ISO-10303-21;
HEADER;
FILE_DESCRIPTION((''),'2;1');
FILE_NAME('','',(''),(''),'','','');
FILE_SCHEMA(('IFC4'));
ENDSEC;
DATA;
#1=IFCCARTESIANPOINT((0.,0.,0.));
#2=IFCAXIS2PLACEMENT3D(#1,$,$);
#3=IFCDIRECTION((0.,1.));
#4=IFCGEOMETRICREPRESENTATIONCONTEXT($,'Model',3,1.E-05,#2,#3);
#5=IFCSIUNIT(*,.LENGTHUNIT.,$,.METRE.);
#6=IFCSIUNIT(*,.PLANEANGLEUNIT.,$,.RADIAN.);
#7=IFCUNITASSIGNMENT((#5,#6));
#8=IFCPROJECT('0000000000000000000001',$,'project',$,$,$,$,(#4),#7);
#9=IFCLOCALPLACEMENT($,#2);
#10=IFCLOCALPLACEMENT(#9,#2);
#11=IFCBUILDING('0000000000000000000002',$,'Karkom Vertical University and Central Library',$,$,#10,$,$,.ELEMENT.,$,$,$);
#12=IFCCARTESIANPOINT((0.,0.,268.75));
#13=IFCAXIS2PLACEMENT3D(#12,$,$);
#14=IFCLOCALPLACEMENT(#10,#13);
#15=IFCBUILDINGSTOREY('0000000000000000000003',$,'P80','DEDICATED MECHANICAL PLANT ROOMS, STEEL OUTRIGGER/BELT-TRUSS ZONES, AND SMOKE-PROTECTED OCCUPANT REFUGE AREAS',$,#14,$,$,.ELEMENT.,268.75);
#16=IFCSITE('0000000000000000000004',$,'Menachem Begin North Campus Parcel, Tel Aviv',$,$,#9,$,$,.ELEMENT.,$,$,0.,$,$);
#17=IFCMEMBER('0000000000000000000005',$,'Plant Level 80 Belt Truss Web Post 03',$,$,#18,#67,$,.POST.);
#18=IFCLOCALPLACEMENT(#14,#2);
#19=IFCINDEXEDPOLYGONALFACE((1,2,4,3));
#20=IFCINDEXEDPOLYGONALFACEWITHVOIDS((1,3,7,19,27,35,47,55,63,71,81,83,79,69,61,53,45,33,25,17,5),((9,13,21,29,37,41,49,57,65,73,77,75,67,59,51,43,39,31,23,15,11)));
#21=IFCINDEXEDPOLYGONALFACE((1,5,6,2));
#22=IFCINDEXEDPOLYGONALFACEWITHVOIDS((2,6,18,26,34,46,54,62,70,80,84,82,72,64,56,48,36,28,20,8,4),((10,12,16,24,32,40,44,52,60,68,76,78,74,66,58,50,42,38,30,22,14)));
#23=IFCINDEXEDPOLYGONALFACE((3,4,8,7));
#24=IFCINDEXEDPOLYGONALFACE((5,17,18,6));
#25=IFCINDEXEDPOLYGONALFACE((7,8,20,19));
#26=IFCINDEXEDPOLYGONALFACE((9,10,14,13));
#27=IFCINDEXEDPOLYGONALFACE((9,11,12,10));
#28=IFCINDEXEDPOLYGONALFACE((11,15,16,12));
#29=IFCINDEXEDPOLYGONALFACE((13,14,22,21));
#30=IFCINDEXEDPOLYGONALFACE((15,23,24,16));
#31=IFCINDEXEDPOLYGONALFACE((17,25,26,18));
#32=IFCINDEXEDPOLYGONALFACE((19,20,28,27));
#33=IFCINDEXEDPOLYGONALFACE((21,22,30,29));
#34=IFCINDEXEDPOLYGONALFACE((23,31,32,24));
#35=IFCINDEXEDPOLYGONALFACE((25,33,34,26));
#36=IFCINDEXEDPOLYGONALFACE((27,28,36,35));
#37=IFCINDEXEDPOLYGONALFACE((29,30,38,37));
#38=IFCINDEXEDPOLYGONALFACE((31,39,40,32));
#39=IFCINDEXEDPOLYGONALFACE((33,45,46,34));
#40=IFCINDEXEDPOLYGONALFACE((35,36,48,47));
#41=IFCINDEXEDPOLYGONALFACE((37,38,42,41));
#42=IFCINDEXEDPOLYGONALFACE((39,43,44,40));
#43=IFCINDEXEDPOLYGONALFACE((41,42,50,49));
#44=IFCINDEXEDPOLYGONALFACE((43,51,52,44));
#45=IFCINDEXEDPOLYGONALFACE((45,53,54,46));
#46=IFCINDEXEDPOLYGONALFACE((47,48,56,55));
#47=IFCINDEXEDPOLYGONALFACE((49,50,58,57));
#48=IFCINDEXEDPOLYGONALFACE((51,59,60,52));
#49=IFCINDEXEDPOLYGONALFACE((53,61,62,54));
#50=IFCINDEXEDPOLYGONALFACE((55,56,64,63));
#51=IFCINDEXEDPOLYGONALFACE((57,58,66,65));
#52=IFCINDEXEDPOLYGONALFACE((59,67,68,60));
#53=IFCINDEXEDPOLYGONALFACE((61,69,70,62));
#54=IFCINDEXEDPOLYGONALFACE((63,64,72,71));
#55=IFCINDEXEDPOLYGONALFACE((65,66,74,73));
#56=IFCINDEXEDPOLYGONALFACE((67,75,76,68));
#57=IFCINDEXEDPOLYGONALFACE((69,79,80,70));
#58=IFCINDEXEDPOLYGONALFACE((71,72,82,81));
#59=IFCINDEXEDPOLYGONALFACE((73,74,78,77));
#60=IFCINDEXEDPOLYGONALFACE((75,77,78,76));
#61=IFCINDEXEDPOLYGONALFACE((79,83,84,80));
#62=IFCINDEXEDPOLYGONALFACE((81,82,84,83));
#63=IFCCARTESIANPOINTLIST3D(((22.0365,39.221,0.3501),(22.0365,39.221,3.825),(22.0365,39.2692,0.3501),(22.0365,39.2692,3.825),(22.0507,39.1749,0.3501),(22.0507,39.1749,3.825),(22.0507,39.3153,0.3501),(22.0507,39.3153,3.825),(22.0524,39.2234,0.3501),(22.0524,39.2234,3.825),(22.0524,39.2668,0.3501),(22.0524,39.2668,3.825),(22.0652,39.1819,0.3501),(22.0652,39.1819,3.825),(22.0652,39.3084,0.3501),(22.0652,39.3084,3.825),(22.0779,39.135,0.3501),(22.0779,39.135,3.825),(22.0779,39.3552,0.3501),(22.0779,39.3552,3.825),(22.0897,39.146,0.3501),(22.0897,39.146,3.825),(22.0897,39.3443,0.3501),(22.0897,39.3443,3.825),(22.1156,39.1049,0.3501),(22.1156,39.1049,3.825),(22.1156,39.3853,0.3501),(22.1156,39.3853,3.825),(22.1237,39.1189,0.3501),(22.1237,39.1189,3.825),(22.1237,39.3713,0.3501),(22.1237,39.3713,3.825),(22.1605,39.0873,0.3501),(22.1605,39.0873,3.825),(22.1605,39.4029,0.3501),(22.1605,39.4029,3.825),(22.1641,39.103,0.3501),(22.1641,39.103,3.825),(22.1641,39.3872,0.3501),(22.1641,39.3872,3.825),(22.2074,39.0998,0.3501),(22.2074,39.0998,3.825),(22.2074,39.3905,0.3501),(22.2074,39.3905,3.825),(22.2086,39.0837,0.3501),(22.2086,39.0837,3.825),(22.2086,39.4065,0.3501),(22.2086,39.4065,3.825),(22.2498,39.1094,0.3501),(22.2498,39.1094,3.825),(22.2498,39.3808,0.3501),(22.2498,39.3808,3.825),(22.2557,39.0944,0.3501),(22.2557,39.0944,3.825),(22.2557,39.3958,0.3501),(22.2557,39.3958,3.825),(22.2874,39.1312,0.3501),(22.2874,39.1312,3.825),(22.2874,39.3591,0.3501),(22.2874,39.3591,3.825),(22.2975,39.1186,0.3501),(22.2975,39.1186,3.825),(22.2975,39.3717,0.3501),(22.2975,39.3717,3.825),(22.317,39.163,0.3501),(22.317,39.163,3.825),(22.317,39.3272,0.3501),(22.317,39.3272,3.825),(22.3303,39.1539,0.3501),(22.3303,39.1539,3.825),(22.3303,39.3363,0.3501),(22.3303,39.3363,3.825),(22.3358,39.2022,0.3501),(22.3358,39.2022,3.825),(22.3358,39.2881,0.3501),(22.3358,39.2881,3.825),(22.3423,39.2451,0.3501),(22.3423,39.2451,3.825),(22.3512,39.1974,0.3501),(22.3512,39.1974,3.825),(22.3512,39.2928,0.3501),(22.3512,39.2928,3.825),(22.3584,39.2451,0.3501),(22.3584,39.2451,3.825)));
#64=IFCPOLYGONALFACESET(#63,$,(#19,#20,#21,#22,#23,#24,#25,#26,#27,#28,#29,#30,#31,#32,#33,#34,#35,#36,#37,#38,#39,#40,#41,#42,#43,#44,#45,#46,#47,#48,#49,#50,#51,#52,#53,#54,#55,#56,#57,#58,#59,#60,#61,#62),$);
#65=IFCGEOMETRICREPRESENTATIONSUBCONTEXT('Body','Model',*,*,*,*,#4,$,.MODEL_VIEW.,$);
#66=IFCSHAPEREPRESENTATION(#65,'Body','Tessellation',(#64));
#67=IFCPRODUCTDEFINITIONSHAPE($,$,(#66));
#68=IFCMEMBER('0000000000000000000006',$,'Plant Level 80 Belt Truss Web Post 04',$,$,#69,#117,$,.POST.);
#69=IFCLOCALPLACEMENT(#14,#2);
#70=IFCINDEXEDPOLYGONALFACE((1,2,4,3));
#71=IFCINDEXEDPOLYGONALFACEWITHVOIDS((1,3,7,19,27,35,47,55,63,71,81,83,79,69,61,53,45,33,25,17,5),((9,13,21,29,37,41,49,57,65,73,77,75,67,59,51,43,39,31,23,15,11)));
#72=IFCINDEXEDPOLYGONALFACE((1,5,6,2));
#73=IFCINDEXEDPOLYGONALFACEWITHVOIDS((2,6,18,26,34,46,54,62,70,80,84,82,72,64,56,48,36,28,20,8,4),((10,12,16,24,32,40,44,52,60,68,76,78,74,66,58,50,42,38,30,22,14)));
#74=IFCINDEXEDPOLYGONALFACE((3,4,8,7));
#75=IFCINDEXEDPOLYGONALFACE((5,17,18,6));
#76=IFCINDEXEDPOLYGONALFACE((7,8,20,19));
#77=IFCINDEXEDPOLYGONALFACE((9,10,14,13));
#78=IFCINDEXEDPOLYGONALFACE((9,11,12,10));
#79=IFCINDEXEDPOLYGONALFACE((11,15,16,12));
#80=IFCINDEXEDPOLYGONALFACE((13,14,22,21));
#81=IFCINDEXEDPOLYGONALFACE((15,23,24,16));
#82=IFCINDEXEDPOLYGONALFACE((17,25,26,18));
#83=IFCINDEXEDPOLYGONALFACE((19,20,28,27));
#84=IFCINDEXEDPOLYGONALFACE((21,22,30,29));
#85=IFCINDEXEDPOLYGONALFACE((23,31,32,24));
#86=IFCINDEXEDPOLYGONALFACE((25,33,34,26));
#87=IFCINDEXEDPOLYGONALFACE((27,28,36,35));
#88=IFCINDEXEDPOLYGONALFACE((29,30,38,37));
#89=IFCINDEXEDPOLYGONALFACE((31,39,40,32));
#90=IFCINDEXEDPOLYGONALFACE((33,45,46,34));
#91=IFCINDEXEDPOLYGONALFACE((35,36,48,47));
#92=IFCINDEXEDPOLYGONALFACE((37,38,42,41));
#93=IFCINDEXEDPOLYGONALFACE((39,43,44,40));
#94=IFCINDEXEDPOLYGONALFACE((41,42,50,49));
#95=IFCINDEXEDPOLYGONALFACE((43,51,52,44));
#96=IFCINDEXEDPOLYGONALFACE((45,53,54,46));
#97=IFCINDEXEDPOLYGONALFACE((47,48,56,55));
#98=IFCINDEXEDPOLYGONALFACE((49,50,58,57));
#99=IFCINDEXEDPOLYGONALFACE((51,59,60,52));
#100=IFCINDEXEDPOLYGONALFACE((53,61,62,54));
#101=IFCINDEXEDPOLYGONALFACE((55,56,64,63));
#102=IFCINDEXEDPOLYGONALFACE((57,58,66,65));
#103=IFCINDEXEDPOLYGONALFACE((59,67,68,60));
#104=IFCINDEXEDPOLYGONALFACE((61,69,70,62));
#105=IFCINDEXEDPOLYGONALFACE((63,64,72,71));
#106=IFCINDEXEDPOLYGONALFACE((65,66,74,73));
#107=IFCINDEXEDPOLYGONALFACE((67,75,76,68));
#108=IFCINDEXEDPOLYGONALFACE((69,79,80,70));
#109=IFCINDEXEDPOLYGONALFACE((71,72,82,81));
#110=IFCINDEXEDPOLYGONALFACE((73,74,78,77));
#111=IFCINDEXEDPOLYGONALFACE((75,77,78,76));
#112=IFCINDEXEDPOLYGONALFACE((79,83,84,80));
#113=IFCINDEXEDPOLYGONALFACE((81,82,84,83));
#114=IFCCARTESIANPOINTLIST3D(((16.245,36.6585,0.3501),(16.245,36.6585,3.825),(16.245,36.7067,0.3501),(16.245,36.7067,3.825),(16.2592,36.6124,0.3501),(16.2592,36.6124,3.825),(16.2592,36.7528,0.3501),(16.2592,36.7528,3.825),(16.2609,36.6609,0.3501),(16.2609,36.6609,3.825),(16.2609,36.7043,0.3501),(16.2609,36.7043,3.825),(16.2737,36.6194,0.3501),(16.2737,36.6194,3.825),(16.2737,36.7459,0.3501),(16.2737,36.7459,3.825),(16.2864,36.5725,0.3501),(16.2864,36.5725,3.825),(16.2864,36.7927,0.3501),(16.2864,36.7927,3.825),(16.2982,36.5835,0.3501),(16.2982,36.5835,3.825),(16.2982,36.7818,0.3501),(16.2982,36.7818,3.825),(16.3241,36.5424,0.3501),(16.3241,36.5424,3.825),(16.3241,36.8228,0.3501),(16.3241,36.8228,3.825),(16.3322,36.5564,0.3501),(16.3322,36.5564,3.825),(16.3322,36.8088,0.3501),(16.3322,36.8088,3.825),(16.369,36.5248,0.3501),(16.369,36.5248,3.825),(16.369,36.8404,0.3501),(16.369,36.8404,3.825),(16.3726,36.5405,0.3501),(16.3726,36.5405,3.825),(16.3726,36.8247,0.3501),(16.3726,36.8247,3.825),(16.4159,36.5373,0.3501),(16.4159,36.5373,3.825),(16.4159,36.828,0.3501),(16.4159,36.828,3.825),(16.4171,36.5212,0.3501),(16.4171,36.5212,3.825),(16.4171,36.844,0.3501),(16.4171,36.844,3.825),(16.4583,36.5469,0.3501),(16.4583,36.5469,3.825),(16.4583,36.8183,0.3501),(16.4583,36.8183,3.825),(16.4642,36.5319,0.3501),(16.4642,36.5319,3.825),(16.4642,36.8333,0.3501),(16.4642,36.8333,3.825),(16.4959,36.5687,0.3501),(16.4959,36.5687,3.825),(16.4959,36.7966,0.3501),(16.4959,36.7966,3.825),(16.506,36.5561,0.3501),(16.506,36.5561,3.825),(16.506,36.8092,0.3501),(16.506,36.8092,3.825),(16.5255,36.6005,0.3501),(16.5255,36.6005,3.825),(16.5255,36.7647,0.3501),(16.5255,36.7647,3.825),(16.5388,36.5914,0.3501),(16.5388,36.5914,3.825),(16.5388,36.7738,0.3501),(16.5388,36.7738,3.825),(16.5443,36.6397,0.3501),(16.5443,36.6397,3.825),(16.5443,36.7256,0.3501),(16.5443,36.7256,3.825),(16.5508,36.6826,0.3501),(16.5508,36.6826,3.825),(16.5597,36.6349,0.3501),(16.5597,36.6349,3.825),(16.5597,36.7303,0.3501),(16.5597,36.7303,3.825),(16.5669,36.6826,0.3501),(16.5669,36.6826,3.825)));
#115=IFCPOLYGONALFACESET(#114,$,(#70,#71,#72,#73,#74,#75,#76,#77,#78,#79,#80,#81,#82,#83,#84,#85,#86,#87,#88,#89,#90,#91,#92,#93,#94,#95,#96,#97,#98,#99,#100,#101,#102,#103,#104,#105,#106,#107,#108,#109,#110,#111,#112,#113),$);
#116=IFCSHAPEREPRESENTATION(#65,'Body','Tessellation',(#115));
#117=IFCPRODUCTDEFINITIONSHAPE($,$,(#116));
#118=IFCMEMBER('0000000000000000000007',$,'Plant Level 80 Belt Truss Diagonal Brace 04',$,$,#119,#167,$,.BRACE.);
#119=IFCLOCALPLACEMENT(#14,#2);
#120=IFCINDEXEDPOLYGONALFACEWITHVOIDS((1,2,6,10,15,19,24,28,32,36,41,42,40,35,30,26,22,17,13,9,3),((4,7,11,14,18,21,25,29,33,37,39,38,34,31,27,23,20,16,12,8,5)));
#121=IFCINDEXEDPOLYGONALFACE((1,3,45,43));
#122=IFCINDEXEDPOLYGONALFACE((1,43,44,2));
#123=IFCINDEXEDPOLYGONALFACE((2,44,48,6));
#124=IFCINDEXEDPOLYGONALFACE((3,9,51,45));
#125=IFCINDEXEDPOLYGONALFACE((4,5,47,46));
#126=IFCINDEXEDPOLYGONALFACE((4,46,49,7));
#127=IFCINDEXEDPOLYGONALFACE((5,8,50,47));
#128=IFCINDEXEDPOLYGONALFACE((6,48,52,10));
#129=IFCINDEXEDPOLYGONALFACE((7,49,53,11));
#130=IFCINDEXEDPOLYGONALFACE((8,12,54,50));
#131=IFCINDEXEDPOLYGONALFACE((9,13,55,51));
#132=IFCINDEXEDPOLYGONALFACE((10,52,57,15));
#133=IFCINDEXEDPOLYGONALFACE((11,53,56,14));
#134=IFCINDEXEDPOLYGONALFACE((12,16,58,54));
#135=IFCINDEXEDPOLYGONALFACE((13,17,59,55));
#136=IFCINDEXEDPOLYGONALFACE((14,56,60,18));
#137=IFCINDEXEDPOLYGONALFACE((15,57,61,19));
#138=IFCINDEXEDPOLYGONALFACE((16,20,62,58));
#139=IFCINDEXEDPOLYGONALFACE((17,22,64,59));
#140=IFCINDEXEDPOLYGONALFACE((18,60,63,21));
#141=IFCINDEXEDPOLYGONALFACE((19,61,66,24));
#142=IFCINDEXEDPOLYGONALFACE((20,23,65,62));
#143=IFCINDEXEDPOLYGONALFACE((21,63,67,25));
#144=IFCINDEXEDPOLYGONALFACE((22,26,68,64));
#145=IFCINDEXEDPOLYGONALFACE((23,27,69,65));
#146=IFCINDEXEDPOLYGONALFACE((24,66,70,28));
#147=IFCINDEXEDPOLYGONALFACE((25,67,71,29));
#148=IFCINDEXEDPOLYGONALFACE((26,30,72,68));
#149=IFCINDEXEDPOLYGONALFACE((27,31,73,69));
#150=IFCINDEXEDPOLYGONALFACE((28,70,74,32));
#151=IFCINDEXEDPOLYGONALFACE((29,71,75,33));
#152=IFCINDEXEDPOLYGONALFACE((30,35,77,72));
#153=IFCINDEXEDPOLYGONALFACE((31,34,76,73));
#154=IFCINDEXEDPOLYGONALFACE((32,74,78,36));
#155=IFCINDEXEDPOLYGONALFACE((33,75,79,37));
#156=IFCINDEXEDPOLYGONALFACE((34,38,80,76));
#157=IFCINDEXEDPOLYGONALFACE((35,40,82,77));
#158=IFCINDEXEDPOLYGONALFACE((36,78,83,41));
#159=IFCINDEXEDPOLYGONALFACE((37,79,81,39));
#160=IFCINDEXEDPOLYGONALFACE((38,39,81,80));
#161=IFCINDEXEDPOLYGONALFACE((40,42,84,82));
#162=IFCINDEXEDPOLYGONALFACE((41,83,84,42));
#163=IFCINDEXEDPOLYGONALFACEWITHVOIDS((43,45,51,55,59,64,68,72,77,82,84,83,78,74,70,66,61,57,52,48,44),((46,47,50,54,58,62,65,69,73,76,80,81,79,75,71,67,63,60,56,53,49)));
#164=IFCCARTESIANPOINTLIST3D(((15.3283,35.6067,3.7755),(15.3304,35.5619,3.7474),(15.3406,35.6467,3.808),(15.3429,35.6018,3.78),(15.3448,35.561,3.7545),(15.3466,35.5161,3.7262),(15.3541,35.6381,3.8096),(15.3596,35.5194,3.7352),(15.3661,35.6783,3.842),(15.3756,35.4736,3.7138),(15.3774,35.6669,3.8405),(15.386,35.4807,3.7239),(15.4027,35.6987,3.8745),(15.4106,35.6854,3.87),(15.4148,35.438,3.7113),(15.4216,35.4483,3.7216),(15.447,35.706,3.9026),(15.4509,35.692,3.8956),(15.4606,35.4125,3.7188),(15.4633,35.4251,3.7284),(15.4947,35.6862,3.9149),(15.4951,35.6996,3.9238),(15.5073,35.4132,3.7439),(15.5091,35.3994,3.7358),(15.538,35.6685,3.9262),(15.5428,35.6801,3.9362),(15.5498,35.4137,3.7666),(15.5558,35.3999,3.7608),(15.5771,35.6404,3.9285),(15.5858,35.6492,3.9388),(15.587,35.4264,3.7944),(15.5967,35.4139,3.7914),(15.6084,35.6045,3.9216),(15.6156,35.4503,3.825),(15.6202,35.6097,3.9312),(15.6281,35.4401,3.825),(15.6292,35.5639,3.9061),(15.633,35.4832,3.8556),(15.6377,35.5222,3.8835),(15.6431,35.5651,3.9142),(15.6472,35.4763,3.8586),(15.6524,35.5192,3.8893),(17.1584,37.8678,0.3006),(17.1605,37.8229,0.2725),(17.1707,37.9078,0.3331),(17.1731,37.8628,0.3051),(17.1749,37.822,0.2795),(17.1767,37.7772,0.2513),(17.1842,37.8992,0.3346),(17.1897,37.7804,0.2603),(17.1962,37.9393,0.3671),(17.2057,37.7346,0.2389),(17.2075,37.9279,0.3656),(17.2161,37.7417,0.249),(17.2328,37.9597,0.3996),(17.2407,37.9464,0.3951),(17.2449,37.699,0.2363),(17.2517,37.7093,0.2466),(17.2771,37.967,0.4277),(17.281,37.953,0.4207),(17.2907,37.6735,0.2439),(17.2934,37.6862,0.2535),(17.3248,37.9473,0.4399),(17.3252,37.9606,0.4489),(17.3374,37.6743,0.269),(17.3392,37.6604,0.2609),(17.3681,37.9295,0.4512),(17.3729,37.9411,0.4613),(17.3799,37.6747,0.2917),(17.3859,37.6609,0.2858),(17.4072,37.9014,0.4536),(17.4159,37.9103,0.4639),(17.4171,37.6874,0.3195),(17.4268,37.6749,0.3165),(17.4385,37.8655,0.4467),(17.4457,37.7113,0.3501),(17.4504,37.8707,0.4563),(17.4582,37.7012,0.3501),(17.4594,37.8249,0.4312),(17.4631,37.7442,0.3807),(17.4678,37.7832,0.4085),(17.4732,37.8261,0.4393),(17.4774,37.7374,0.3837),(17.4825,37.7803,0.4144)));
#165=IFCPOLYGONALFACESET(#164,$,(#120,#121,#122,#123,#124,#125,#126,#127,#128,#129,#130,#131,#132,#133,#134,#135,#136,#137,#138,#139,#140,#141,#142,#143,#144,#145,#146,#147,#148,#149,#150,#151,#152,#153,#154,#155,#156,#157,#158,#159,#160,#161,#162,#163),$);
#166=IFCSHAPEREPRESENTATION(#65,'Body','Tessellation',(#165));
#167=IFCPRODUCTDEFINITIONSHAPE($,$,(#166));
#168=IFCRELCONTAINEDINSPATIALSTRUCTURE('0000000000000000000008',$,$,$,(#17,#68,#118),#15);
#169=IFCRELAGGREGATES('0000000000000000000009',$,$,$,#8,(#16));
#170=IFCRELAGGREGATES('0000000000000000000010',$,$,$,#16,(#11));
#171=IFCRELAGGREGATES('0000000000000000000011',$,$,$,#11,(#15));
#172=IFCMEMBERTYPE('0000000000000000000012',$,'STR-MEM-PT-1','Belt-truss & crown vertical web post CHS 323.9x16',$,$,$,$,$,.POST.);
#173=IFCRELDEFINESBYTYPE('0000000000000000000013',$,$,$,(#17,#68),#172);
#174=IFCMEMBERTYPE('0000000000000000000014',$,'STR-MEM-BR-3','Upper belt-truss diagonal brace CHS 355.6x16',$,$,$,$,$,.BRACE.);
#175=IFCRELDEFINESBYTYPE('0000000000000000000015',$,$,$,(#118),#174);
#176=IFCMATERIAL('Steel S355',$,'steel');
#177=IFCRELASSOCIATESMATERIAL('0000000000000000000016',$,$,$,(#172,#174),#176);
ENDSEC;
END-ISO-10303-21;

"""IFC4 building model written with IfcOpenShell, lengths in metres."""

from ifc_helpers import new_model, si_unit, direction, frame, origin, origin_with_axes, origin_2d, place, context, subcontext, project, spatial, hollow_circle, extrude, source, transform, mapped, material, material_profile, profile_set, type_object, element, save


model = new_model("IFC4")

# Units and contexts
model_context = context("Model", 3, precision=1e-05, world=origin(), true_north=direction((0.0, 1.0)))
body_context = subcontext(model_context, "Body", "Model", "MODEL_VIEW")
ifc_project = project(units=[si_unit("LENGTHUNIT", "METRE"), si_unit("PLANEANGLEUNIT", "RADIAN")], contexts=[model_context])

# Site, building, storey
site_placement = place(None, origin())
site = spatial("IfcSite", under=ifc_project, at=site_placement, Name="Menachem Begin North Campus Parcel, Tel Aviv", CompositionType="ELEMENT", RefElevation=0.0)
building_placement = place(site_placement, origin())
building = spatial("IfcBuilding", under=site, at=building_placement, Name="Karkom Vertical University and Central Library", CompositionType="ELEMENT")
storey_placement = place(building_placement, frame((0.0, 0.0, 268.75)))
storey = spatial("IfcBuildingStorey", under=building, at=storey_placement, Name="P80", Description="DEDICATED MECHANICAL PLANT ROOMS, STEEL OUTRIGGER/BELT-TRUSS ZONES, AND SMOKE-PROTECTED OCCUPANT REFUGE AREAS", CompositionType="ELEMENT", Elevation=268.75)

# Shared definitions
ifc_material_1 = material(Name="Steel S355", Category="steel")

# Members
ifc_material_profile_1 = material_profile(ifc_material_1, hollow_circle(Radius=0.1619, WallThickness=0.0161, at=origin_2d()), Name="CHS 323.9x16")
ifc_profile_set_1 = profile_set([ifc_material_profile_1], Name="Steel S355")
member_type_1 = type_object("IfcMemberType", Name="STR-MEM-PT-1", Description="Belt-truss & crown vertical web post CHS 323.9x16", PredefinedType="POST", material=ifc_profile_set_1)
shared_shape_1 = source(origin_with_axes(), body_context, "Body", "SweptSolid", [
    extrude(hollow_circle(Radius=0.1619, WallThickness=0.0161, at=origin_2d()), origin(), (0.0, 0.0, 1.0), 3.4749),
])
for number, where, z_axis, x_axis, name in (
    (1, (22.1965, 39.2451, 0.3501), (0.0, 0.0, 1.0), (1.0, 0.0, 0.0), "Plant Level 80 Belt Truss Web Post 03"),
    (2, (16.405, 36.6826, 0.3501), (0.0, 0.0, 1.0), (1.0, 0.0, 0.0), "Plant Level 80 Belt Truss Web Post 04"),
):
    element("IfcMember", number, at=place(storey_placement, frame(where, z_axis=z_axis, x_axis=x_axis)), inside=storey, type_object=member_type_1, Name=name, PredefinedType="POST", context=body_context, shape_type="MappedRepresentation", body=[
        mapped(shared_shape_1, transform((0.0, 0.0, 0.0), scale=1.0)),
    ])
ifc_material_profile_2 = material_profile(ifc_material_1, hollow_circle(Radius=0.1777, WallThickness=0.0161, at=origin_2d()), Name="CHS 355.6x16")
ifc_profile_set_2 = profile_set([ifc_material_profile_2], Name="Steel S355")
member_type_2 = type_object("IfcMemberType", Name="STR-MEM-BR-3", Description="Upper belt-truss diagonal brace CHS 355.6x16", PredefinedType="BRACE", material=ifc_profile_set_2)
shared_shape_2 = source(origin_with_axes(), body_context, "Body", "SweptSolid", [
    extrude(hollow_circle(Radius=0.1777, WallThickness=0.0161, at=origin_2d()), origin(), (0.0, 0.0, 1.0), 4.5317),
])
member_1_placement = place(storey_placement, frame((17.3201, 37.813, 0.3501), z_axis=(-0.403844, -0.498932, 0.766797), x_axis=(0.777286, -0.629148, 0.0)))
element("IfcMember", 3, at=member_1_placement, inside=storey, type_object=member_type_2, Name="Plant Level 80 Belt Truss Diagonal Brace 04", PredefinedType="BRACE", context=body_context, shape_type="MappedRepresentation", body=[
    mapped(shared_shape_2, transform((0.0, 0.0, 0.0), scale=1.0)),
])

save(model, "model.ifc")
